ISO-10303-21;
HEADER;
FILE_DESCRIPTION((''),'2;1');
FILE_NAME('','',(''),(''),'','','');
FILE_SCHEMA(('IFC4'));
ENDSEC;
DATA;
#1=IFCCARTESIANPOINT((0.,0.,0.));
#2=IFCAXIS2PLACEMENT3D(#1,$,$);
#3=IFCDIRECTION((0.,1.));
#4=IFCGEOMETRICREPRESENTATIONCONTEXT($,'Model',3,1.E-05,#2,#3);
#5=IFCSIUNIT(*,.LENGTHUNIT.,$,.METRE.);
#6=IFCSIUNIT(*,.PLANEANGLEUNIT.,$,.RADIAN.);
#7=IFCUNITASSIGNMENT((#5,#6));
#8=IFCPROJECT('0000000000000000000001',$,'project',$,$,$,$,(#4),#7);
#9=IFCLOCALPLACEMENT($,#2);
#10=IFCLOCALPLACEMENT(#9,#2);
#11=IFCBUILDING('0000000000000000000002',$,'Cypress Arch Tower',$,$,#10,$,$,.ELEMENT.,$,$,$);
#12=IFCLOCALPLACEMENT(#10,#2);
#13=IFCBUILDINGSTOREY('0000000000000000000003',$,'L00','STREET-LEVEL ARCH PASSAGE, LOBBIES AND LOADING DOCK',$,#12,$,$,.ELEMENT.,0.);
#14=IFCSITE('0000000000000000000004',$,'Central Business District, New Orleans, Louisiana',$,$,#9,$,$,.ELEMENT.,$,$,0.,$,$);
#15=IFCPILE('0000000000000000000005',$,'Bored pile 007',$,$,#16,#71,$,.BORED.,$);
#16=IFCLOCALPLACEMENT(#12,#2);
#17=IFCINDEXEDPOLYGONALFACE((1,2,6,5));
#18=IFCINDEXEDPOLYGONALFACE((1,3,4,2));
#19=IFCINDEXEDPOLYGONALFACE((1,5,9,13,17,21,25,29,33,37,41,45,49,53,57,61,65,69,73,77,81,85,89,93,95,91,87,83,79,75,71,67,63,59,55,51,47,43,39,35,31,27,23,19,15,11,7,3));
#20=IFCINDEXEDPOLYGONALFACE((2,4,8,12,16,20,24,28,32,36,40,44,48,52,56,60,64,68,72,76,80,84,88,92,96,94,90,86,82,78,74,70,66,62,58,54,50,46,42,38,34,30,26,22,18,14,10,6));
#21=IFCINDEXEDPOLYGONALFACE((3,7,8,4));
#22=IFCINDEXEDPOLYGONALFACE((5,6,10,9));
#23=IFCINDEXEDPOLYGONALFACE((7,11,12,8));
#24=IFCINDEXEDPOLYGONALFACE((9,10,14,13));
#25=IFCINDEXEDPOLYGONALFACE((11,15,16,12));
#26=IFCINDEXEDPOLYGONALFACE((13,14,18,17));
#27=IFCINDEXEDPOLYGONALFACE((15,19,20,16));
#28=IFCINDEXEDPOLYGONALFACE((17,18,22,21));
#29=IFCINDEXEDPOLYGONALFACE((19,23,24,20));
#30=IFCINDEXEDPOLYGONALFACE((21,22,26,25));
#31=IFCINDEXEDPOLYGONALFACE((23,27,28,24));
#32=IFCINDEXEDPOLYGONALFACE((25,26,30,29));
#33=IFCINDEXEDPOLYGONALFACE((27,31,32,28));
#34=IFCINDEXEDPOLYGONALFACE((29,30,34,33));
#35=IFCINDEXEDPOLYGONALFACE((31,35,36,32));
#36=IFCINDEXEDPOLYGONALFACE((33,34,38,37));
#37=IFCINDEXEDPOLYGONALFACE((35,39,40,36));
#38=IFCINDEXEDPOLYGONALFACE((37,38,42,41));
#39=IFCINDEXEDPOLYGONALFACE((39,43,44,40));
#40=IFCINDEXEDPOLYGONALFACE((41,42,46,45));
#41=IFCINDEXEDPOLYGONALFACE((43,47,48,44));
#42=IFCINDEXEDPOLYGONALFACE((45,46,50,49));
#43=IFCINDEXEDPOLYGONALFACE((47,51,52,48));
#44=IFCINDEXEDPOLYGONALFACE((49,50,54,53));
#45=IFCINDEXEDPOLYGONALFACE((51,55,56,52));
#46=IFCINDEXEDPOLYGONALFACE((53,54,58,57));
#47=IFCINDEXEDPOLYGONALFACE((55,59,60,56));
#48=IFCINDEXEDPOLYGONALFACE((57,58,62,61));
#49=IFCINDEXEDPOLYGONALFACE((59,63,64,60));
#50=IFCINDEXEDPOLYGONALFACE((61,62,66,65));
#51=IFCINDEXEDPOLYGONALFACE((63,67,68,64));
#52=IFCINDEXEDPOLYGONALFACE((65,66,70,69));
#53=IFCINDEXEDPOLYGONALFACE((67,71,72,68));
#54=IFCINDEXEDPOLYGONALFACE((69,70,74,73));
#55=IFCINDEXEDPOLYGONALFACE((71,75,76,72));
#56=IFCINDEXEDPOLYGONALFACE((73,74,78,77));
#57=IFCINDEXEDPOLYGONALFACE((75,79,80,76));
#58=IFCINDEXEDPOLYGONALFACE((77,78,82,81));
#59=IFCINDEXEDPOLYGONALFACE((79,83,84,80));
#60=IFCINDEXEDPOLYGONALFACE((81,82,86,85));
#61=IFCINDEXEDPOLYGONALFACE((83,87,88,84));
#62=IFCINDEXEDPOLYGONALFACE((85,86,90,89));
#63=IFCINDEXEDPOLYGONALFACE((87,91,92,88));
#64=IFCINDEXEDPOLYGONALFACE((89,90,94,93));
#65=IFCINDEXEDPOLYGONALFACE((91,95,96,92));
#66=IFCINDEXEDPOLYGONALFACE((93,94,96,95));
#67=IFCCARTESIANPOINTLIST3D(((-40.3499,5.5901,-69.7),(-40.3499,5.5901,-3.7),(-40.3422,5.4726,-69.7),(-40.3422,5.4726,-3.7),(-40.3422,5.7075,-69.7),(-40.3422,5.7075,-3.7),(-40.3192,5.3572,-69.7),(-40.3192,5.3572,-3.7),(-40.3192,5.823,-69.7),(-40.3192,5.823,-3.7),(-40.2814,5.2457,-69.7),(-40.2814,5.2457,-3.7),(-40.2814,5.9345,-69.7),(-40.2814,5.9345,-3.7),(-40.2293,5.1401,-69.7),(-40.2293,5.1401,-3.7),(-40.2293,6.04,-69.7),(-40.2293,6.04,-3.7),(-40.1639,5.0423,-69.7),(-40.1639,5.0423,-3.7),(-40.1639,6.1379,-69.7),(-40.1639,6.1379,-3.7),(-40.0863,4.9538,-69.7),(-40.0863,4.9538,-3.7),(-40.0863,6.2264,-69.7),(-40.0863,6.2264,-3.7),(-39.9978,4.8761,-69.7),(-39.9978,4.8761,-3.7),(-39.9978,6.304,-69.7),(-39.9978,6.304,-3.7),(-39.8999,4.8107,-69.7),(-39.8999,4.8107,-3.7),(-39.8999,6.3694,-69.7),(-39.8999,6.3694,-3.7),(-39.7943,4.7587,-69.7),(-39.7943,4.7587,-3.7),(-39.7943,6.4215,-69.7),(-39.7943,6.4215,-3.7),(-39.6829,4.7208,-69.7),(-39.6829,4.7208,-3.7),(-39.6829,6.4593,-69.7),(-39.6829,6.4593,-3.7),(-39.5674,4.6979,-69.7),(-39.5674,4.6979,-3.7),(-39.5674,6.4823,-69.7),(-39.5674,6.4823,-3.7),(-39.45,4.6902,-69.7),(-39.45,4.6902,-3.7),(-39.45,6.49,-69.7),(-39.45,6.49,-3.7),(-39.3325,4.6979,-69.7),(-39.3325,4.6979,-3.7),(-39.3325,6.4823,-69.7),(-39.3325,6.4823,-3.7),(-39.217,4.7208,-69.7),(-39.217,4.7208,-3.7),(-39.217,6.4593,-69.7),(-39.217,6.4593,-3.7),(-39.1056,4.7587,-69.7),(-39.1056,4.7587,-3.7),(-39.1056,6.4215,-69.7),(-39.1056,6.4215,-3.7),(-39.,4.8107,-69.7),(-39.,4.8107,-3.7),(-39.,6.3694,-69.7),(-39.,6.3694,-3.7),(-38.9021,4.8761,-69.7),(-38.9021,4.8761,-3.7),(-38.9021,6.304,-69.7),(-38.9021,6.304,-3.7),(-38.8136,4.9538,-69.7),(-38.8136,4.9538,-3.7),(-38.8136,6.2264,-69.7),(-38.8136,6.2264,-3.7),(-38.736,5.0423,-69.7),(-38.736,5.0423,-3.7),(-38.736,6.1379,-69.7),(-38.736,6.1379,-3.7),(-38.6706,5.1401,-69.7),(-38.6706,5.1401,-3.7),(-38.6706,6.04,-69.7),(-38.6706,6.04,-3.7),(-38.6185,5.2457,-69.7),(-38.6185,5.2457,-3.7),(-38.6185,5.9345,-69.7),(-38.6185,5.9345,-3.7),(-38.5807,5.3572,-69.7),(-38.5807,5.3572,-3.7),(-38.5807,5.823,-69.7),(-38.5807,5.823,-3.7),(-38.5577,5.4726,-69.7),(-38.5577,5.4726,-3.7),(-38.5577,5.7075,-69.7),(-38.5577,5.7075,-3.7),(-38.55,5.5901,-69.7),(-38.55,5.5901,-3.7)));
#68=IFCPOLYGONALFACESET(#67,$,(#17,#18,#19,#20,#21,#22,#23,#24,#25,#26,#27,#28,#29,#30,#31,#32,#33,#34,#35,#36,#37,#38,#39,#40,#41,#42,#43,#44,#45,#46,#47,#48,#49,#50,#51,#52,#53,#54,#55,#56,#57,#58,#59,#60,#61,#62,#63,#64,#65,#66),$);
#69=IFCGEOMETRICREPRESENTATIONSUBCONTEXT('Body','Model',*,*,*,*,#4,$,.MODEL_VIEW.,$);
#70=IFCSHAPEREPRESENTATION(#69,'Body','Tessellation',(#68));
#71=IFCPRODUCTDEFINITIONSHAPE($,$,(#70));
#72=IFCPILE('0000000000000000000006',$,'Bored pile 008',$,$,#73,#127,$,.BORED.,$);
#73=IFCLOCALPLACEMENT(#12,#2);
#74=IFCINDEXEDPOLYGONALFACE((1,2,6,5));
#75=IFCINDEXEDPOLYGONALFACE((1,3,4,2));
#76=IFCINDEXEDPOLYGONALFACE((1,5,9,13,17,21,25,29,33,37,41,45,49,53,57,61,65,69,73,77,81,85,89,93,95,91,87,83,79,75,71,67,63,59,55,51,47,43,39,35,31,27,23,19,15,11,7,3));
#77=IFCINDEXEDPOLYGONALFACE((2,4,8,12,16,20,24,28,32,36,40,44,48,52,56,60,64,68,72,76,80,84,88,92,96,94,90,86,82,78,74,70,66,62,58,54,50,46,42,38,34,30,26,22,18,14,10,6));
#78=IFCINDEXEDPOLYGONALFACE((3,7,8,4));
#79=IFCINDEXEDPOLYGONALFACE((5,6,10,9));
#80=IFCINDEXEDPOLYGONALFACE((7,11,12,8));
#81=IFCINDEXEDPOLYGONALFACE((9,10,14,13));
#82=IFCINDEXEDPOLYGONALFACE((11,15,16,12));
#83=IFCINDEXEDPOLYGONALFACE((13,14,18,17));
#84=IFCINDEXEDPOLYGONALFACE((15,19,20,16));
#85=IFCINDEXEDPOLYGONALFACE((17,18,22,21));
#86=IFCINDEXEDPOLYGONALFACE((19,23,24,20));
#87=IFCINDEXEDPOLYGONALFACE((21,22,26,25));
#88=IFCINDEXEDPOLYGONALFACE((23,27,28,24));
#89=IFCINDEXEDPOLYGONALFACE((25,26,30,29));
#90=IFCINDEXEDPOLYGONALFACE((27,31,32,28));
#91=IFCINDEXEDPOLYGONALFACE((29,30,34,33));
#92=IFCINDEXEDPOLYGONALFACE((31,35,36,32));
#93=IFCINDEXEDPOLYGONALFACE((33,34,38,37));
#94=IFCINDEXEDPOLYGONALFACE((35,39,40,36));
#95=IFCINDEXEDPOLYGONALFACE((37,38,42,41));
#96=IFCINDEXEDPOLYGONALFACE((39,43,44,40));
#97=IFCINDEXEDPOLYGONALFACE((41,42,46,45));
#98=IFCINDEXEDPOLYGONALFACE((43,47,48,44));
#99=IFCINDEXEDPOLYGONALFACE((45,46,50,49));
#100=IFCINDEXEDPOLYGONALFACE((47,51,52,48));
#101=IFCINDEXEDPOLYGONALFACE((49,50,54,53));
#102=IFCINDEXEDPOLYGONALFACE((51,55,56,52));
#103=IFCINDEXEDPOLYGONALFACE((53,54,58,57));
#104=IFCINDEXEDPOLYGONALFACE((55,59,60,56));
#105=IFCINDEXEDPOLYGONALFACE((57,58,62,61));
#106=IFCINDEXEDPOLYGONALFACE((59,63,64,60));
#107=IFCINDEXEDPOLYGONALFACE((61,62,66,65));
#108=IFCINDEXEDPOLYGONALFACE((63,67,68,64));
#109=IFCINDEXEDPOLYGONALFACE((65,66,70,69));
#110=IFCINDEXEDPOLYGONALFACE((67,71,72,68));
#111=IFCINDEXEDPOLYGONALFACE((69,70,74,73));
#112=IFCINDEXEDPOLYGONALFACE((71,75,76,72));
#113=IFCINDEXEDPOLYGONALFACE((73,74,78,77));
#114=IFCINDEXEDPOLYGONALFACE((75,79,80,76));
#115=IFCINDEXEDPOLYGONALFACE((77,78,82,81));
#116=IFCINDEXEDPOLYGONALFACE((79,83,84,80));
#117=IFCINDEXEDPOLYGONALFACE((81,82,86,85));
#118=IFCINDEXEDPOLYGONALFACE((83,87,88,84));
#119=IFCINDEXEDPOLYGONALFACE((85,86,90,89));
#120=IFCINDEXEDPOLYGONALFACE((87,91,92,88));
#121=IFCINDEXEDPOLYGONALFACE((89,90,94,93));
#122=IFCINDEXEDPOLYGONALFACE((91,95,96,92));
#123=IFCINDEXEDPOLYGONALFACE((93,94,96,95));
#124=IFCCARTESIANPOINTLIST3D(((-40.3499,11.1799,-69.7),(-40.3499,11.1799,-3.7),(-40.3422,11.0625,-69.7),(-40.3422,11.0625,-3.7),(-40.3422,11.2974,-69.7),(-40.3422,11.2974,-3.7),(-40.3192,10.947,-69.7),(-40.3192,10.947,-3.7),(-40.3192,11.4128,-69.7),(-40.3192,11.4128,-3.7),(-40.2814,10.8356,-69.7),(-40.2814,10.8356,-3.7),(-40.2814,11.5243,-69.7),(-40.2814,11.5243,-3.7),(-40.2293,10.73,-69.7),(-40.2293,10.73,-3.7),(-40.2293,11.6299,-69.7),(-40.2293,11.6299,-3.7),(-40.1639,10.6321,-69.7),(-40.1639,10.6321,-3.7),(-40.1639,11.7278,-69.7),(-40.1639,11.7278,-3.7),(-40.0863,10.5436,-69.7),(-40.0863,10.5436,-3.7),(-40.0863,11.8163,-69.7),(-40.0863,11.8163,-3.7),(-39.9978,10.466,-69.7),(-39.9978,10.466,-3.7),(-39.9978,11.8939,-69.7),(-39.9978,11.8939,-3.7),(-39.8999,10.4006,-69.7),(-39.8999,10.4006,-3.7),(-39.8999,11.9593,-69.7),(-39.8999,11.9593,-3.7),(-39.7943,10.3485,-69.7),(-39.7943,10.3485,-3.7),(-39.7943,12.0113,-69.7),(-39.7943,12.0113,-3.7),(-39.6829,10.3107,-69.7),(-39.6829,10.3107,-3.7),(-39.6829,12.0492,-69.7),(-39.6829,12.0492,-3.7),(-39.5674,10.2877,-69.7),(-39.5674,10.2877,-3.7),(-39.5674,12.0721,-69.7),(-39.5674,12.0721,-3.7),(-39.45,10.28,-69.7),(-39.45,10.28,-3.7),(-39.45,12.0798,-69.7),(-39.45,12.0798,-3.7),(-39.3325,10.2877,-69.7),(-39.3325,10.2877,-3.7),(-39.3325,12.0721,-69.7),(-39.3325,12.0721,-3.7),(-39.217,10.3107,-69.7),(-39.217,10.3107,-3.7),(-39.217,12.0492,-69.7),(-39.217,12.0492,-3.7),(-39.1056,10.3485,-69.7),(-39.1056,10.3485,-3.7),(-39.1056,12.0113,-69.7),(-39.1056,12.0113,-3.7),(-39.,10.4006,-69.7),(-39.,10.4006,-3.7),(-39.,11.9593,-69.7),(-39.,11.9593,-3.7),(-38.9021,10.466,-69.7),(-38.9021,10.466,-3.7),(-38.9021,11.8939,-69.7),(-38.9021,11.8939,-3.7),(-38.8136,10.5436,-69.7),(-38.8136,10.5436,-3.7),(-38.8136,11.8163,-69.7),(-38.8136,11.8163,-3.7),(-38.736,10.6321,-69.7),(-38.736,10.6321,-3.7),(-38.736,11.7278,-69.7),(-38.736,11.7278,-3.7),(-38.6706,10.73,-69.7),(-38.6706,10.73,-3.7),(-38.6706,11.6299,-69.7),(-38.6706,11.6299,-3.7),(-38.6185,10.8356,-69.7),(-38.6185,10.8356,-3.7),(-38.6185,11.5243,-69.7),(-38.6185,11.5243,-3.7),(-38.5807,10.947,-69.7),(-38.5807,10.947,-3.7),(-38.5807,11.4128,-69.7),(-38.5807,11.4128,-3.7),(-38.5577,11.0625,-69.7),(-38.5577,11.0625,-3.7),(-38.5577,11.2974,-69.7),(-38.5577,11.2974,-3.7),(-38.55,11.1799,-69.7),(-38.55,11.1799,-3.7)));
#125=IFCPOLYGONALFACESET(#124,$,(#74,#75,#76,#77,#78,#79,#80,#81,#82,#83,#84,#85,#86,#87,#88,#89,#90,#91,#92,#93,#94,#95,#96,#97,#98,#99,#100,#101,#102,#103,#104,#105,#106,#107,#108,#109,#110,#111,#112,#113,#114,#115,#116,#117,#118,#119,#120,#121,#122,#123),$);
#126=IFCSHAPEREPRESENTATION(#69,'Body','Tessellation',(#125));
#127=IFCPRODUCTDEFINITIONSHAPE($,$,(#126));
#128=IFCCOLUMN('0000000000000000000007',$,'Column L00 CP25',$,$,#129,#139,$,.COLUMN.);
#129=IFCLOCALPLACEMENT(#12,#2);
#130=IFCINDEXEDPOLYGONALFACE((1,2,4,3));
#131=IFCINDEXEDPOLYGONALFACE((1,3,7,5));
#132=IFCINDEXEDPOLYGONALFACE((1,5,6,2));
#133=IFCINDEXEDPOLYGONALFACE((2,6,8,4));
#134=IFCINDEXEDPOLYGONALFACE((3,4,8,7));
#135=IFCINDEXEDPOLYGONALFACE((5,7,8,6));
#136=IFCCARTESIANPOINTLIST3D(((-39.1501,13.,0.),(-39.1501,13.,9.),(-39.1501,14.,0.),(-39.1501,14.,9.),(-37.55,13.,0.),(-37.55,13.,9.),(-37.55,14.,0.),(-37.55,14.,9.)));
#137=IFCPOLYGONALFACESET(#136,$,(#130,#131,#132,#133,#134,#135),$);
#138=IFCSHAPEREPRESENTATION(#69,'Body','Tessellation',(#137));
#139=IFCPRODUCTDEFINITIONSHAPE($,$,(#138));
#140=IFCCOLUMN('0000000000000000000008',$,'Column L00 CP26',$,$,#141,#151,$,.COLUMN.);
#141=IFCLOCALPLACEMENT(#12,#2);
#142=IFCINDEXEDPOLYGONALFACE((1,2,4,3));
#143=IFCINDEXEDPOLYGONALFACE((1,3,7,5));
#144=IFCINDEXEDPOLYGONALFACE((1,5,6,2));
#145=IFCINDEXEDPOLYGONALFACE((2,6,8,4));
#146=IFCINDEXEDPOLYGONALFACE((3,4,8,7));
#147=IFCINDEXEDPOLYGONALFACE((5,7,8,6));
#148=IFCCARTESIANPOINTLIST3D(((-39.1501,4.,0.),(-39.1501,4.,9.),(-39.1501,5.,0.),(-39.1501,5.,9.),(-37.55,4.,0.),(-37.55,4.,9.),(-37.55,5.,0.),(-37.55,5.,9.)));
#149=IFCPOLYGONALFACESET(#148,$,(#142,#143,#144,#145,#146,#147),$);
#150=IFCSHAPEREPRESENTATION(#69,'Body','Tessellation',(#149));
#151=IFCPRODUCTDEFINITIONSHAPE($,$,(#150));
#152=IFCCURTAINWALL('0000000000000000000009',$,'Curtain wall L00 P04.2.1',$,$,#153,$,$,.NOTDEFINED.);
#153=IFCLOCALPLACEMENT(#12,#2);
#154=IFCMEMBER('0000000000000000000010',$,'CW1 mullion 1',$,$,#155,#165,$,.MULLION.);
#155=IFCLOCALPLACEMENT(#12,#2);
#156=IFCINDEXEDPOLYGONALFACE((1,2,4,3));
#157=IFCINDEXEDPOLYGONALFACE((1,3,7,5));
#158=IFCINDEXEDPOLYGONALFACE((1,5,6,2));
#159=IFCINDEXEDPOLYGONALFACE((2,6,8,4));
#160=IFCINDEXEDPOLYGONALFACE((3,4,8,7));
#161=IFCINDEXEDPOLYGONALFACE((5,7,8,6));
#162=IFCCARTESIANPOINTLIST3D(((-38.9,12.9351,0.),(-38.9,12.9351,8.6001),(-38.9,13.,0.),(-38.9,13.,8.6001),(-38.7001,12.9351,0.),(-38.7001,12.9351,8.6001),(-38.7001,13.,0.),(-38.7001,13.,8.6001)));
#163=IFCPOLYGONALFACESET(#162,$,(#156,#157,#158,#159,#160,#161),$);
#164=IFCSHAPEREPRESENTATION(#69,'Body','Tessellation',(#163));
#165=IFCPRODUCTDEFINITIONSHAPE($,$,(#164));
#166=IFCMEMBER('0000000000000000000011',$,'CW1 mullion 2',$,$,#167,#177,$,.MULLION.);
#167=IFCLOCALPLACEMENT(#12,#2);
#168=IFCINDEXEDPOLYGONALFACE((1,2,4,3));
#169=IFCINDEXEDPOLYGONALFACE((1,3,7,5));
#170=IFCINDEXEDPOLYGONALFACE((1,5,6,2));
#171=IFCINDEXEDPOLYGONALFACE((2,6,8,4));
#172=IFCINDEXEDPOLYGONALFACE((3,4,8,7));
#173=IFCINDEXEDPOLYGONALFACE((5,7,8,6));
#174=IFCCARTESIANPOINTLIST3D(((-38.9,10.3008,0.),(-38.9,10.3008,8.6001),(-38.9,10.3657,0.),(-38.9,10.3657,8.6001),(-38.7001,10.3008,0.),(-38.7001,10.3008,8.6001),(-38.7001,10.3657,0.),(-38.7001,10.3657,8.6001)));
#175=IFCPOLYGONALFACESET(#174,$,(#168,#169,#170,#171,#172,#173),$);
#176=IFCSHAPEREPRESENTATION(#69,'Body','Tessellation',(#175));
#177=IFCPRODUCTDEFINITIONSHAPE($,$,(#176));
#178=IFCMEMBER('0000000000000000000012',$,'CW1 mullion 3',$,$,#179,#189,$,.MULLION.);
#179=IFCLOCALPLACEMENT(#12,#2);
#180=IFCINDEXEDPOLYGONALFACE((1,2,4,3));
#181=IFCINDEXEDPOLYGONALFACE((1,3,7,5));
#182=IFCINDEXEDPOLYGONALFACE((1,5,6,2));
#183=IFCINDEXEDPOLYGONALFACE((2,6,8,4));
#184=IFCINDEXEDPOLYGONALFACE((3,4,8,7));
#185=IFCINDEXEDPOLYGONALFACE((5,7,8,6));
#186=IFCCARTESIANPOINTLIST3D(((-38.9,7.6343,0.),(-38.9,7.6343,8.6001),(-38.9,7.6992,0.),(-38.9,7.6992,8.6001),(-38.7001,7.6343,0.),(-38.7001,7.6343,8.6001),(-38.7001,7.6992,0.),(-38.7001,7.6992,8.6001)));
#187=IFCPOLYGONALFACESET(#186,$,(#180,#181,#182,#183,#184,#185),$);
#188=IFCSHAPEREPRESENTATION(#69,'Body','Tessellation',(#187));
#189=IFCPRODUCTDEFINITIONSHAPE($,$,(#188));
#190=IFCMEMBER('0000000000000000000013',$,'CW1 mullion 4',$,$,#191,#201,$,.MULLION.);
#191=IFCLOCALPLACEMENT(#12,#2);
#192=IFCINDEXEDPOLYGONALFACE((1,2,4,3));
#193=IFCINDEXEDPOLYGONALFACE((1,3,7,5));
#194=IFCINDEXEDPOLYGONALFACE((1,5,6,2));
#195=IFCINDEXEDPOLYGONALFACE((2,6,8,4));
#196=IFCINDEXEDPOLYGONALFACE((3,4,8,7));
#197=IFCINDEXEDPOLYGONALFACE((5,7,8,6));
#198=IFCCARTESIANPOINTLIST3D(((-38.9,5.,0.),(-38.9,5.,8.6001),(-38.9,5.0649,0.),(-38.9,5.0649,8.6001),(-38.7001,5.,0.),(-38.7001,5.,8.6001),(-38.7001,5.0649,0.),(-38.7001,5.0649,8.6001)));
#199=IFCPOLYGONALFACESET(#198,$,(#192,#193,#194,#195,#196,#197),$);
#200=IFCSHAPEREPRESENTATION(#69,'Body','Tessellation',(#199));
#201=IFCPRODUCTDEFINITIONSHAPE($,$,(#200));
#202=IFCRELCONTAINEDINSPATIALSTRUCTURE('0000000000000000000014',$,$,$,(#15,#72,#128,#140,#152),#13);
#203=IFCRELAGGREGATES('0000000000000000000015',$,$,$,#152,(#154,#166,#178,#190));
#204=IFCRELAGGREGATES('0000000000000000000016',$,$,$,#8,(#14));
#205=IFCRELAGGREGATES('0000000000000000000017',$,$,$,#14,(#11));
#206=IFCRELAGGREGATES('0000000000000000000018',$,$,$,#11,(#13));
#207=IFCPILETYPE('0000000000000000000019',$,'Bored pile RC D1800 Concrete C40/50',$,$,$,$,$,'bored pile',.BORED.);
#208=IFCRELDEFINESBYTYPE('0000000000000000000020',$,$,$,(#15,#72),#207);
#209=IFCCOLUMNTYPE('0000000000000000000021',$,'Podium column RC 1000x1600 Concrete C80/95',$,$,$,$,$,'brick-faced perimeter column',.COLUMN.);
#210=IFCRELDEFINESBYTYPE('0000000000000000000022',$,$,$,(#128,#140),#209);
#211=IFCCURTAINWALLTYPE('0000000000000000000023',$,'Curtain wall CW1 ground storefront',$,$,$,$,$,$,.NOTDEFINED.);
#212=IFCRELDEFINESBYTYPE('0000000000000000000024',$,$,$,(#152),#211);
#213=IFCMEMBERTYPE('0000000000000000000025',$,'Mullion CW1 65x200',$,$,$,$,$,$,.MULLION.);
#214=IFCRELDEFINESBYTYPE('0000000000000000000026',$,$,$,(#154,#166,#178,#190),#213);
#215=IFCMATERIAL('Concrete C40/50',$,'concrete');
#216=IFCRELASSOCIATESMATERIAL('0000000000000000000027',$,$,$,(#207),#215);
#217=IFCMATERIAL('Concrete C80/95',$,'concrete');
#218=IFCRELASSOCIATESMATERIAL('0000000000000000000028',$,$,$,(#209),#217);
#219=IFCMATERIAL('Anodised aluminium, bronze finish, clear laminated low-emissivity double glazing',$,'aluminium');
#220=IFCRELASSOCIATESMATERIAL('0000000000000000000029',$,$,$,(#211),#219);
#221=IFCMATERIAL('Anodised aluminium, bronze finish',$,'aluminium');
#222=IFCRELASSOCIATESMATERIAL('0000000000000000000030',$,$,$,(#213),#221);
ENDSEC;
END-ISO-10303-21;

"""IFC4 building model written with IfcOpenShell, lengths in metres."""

from ifc_helpers import new_model, si_unit, direction, frame, origin, origin_2d, place, context, subcontext, project, spatial, rectangle, circle, extrude, material, material_profile, profile_set, type_object, element, aggregate, save


model = new_model("IFC4")

# Units and contexts
model_context = context("Model", 3, precision=1e-05, world=origin(), true_north=direction((0.0, 1.0)))
body_context = subcontext(model_context, "Body", "Model", "MODEL_VIEW")
ifc_project = project(units=[si_unit("LENGTHUNIT", "METRE"), si_unit("PLANEANGLEUNIT", "RADIAN")], contexts=[model_context])

# Site, building, storey
site_placement = place(None, origin())
site = spatial("IfcSite", under=ifc_project, at=site_placement, Name="Central Business District, New Orleans, Louisiana", CompositionType="ELEMENT", RefElevation=0.0)
building_placement = place(site_placement, origin())
building = spatial("IfcBuilding", under=site, at=building_placement, Name="Cypress Arch Tower", CompositionType="ELEMENT")
storey_placement = place(building_placement, origin())
storey = spatial("IfcBuildingStorey", under=building, at=storey_placement, Name="L00", Description="STREET-LEVEL ARCH PASSAGE, LOBBIES AND LOADING DOCK", CompositionType="ELEMENT", Elevation=0.0)

# Piles
ifc_material_1 = material(Name="Concrete C40/50", Category="concrete")
ifc_material_profile_1 = material_profile(ifc_material_1, circle(Radius=0.8999, at=origin_2d()), Name="RC D1800")
ifc_profile_set_1 = profile_set([ifc_material_profile_1], Name="Concrete C40/50")
pile_type = type_object("IfcPileType", Name="Bored pile RC D1800 Concrete C40/50", ElementType="bored pile", PredefinedType="BORED", material=ifc_profile_set_1)
for number, where, z_axis, x_axis, name in (
    (1, (-39.45, 5.5901, -3.7), (0.0, 0.0, -1.0), (1.0, 0.0, 0.0), "Bored pile 007"),
    (2, (-39.45, 11.1799, -3.7), (0.0, 0.0, -1.0), (1.0, 0.0, 0.0), "Bored pile 008"),
):
    element("IfcPile", number, at=place(storey_placement, frame(where, z_axis=z_axis, x_axis=x_axis)), inside=storey, type_object=pile_type, Name=name, PredefinedType="BORED", context=body_context, shape_type="SweptSolid", body=[
        extrude(circle(Radius=0.8999, at=origin_2d()), origin(), (0.0, 0.0, 1.0), 66.0),
    ])

# Columns
ifc_material_2 = material(Name="Concrete C80/95", Category="concrete")
ifc_material_profile_2 = material_profile(ifc_material_2, rectangle(XDim=1.0, YDim=1.6001, at=origin_2d()), Name="RC 1000x1600")
ifc_profile_set_2 = profile_set([ifc_material_profile_2], Name="Concrete C80/95")
column_type = type_object("IfcColumnType", Name="Podium column RC 1000x1600 Concrete C80/95", ElementType="brick-faced perimeter column", PredefinedType="COLUMN", material=ifc_profile_set_2)
for number, where, z_axis, x_axis, name in (
    (3, (-38.3501, 13.5, 0.0), (0.0, 0.0, 1.0), (0.0, -1.0, 0.0), "Column L00 CP25"),
    (4, (-38.3501, 4.5, 0.0), (0.0, 0.0, 1.0), (0.0, -1.0, 0.0), "Column L00 CP26"),
):
    element("IfcColumn", number, at=place(storey_placement, frame(where, z_axis=z_axis, x_axis=x_axis)), inside=storey, type_object=column_type, Name=name, PredefinedType="COLUMN", context=body_context, shape_type="SweptSolid", body=[
        extrude(rectangle(XDim=1.0, YDim=1.6001, at=origin_2d()), origin(), (0.0, 0.0, 1.0), 9.0),
    ])

# Curtain wall, members
ifc_material_3 = material(Name="Anodised aluminium, bronze finish, clear laminated low-emissivity double glazing", Category="aluminium")
curtain_wall_type = type_object("IfcCurtainWallType", Name="Curtain wall CW1 ground storefront", PredefinedType="NOTDEFINED", material=ifc_material_3)
curtain_wall_1_placement = place(storey_placement, origin())
curtain_wall_1 = element("IfcCurtainWall", 5, at=curtain_wall_1_placement, inside=storey, type_object=curtain_wall_type, Name="Curtain wall L00 P04.2.1", PredefinedType="NOTDEFINED")
ifc_material_4 = material(Name="Anodised aluminium, bronze finish", Category="aluminium")
ifc_material_profile_3 = material_profile(ifc_material_4, rectangle(XDim=0.2, YDim=0.0649, at=origin_2d()), Name="Mullion 65x200")
ifc_profile_set_3 = profile_set([ifc_material_profile_3], Name="Anodised aluminium, bronze finish")
member_type_1 = type_object("IfcMemberType", Name="Mullion CW1 65x200", PredefinedType="MULLION", material=ifc_profile_set_3)
member_1_placement = place(storey_placement, frame((-38.8, 12.9675, 0.0), z_axis=(0.0, 0.0, 1.0), x_axis=(1.0, 0.0, 0.0)))
member_1 = element("IfcMember", 6, at=member_1_placement, type_object=member_type_1, Name="CW1 mullion 1", PredefinedType="MULLION", context=body_context, shape_type="SweptSolid", body=[
    extrude(rectangle(XDim=0.2, YDim=0.0649, at=origin_2d()), origin(), (0.0, 0.0, 1.0), 8.6001),
])
member_2_placement = place(storey_placement, frame((-38.8, 10.3333, 0.0), z_axis=(0.0, 0.0, 1.0), x_axis=(1.0, 0.0, 0.0)))
member_2 = element("IfcMember", 7, at=member_2_placement, type_object=member_type_1, Name="CW1 mullion 2", PredefinedType="MULLION", context=body_context, shape_type="SweptSolid", body=[
    extrude(rectangle(XDim=0.2, YDim=0.0649, at=origin_2d()), origin(), (0.0, 0.0, 1.0), 8.6001),
])
member_3_placement = place(storey_placement, frame((-38.8, 7.6667, 0.0), z_axis=(0.0, 0.0, 1.0), x_axis=(1.0, 0.0, 0.0)))
member_3 = element("IfcMember", 8, at=member_3_placement, type_object=member_type_1, Name="CW1 mullion 3", PredefinedType="MULLION", context=body_context, shape_type="SweptSolid", body=[
    extrude(rectangle(XDim=0.2, YDim=0.0649, at=origin_2d()), origin(), (0.0, 0.0, 1.0), 8.6001),
])
member_4_placement = place(storey_placement, frame((-38.8, 5.0325, 0.0), z_axis=(0.0, 0.0, 1.0), x_axis=(1.0, 0.0, 0.0)))
member_4 = element("IfcMember", 9, at=member_4_placement, type_object=member_type_1, Name="CW1 mullion 4", PredefinedType="MULLION", context=body_context, shape_type="SweptSolid", body=[
    extrude(rectangle(XDim=0.2, YDim=0.0649, at=origin_2d()), origin(), (0.0, 0.0, 1.0), 8.6001),
])

aggregate(curtain_wall_1, [member_1, member_2, member_3, member_4])

save(model, "model.ifc")
